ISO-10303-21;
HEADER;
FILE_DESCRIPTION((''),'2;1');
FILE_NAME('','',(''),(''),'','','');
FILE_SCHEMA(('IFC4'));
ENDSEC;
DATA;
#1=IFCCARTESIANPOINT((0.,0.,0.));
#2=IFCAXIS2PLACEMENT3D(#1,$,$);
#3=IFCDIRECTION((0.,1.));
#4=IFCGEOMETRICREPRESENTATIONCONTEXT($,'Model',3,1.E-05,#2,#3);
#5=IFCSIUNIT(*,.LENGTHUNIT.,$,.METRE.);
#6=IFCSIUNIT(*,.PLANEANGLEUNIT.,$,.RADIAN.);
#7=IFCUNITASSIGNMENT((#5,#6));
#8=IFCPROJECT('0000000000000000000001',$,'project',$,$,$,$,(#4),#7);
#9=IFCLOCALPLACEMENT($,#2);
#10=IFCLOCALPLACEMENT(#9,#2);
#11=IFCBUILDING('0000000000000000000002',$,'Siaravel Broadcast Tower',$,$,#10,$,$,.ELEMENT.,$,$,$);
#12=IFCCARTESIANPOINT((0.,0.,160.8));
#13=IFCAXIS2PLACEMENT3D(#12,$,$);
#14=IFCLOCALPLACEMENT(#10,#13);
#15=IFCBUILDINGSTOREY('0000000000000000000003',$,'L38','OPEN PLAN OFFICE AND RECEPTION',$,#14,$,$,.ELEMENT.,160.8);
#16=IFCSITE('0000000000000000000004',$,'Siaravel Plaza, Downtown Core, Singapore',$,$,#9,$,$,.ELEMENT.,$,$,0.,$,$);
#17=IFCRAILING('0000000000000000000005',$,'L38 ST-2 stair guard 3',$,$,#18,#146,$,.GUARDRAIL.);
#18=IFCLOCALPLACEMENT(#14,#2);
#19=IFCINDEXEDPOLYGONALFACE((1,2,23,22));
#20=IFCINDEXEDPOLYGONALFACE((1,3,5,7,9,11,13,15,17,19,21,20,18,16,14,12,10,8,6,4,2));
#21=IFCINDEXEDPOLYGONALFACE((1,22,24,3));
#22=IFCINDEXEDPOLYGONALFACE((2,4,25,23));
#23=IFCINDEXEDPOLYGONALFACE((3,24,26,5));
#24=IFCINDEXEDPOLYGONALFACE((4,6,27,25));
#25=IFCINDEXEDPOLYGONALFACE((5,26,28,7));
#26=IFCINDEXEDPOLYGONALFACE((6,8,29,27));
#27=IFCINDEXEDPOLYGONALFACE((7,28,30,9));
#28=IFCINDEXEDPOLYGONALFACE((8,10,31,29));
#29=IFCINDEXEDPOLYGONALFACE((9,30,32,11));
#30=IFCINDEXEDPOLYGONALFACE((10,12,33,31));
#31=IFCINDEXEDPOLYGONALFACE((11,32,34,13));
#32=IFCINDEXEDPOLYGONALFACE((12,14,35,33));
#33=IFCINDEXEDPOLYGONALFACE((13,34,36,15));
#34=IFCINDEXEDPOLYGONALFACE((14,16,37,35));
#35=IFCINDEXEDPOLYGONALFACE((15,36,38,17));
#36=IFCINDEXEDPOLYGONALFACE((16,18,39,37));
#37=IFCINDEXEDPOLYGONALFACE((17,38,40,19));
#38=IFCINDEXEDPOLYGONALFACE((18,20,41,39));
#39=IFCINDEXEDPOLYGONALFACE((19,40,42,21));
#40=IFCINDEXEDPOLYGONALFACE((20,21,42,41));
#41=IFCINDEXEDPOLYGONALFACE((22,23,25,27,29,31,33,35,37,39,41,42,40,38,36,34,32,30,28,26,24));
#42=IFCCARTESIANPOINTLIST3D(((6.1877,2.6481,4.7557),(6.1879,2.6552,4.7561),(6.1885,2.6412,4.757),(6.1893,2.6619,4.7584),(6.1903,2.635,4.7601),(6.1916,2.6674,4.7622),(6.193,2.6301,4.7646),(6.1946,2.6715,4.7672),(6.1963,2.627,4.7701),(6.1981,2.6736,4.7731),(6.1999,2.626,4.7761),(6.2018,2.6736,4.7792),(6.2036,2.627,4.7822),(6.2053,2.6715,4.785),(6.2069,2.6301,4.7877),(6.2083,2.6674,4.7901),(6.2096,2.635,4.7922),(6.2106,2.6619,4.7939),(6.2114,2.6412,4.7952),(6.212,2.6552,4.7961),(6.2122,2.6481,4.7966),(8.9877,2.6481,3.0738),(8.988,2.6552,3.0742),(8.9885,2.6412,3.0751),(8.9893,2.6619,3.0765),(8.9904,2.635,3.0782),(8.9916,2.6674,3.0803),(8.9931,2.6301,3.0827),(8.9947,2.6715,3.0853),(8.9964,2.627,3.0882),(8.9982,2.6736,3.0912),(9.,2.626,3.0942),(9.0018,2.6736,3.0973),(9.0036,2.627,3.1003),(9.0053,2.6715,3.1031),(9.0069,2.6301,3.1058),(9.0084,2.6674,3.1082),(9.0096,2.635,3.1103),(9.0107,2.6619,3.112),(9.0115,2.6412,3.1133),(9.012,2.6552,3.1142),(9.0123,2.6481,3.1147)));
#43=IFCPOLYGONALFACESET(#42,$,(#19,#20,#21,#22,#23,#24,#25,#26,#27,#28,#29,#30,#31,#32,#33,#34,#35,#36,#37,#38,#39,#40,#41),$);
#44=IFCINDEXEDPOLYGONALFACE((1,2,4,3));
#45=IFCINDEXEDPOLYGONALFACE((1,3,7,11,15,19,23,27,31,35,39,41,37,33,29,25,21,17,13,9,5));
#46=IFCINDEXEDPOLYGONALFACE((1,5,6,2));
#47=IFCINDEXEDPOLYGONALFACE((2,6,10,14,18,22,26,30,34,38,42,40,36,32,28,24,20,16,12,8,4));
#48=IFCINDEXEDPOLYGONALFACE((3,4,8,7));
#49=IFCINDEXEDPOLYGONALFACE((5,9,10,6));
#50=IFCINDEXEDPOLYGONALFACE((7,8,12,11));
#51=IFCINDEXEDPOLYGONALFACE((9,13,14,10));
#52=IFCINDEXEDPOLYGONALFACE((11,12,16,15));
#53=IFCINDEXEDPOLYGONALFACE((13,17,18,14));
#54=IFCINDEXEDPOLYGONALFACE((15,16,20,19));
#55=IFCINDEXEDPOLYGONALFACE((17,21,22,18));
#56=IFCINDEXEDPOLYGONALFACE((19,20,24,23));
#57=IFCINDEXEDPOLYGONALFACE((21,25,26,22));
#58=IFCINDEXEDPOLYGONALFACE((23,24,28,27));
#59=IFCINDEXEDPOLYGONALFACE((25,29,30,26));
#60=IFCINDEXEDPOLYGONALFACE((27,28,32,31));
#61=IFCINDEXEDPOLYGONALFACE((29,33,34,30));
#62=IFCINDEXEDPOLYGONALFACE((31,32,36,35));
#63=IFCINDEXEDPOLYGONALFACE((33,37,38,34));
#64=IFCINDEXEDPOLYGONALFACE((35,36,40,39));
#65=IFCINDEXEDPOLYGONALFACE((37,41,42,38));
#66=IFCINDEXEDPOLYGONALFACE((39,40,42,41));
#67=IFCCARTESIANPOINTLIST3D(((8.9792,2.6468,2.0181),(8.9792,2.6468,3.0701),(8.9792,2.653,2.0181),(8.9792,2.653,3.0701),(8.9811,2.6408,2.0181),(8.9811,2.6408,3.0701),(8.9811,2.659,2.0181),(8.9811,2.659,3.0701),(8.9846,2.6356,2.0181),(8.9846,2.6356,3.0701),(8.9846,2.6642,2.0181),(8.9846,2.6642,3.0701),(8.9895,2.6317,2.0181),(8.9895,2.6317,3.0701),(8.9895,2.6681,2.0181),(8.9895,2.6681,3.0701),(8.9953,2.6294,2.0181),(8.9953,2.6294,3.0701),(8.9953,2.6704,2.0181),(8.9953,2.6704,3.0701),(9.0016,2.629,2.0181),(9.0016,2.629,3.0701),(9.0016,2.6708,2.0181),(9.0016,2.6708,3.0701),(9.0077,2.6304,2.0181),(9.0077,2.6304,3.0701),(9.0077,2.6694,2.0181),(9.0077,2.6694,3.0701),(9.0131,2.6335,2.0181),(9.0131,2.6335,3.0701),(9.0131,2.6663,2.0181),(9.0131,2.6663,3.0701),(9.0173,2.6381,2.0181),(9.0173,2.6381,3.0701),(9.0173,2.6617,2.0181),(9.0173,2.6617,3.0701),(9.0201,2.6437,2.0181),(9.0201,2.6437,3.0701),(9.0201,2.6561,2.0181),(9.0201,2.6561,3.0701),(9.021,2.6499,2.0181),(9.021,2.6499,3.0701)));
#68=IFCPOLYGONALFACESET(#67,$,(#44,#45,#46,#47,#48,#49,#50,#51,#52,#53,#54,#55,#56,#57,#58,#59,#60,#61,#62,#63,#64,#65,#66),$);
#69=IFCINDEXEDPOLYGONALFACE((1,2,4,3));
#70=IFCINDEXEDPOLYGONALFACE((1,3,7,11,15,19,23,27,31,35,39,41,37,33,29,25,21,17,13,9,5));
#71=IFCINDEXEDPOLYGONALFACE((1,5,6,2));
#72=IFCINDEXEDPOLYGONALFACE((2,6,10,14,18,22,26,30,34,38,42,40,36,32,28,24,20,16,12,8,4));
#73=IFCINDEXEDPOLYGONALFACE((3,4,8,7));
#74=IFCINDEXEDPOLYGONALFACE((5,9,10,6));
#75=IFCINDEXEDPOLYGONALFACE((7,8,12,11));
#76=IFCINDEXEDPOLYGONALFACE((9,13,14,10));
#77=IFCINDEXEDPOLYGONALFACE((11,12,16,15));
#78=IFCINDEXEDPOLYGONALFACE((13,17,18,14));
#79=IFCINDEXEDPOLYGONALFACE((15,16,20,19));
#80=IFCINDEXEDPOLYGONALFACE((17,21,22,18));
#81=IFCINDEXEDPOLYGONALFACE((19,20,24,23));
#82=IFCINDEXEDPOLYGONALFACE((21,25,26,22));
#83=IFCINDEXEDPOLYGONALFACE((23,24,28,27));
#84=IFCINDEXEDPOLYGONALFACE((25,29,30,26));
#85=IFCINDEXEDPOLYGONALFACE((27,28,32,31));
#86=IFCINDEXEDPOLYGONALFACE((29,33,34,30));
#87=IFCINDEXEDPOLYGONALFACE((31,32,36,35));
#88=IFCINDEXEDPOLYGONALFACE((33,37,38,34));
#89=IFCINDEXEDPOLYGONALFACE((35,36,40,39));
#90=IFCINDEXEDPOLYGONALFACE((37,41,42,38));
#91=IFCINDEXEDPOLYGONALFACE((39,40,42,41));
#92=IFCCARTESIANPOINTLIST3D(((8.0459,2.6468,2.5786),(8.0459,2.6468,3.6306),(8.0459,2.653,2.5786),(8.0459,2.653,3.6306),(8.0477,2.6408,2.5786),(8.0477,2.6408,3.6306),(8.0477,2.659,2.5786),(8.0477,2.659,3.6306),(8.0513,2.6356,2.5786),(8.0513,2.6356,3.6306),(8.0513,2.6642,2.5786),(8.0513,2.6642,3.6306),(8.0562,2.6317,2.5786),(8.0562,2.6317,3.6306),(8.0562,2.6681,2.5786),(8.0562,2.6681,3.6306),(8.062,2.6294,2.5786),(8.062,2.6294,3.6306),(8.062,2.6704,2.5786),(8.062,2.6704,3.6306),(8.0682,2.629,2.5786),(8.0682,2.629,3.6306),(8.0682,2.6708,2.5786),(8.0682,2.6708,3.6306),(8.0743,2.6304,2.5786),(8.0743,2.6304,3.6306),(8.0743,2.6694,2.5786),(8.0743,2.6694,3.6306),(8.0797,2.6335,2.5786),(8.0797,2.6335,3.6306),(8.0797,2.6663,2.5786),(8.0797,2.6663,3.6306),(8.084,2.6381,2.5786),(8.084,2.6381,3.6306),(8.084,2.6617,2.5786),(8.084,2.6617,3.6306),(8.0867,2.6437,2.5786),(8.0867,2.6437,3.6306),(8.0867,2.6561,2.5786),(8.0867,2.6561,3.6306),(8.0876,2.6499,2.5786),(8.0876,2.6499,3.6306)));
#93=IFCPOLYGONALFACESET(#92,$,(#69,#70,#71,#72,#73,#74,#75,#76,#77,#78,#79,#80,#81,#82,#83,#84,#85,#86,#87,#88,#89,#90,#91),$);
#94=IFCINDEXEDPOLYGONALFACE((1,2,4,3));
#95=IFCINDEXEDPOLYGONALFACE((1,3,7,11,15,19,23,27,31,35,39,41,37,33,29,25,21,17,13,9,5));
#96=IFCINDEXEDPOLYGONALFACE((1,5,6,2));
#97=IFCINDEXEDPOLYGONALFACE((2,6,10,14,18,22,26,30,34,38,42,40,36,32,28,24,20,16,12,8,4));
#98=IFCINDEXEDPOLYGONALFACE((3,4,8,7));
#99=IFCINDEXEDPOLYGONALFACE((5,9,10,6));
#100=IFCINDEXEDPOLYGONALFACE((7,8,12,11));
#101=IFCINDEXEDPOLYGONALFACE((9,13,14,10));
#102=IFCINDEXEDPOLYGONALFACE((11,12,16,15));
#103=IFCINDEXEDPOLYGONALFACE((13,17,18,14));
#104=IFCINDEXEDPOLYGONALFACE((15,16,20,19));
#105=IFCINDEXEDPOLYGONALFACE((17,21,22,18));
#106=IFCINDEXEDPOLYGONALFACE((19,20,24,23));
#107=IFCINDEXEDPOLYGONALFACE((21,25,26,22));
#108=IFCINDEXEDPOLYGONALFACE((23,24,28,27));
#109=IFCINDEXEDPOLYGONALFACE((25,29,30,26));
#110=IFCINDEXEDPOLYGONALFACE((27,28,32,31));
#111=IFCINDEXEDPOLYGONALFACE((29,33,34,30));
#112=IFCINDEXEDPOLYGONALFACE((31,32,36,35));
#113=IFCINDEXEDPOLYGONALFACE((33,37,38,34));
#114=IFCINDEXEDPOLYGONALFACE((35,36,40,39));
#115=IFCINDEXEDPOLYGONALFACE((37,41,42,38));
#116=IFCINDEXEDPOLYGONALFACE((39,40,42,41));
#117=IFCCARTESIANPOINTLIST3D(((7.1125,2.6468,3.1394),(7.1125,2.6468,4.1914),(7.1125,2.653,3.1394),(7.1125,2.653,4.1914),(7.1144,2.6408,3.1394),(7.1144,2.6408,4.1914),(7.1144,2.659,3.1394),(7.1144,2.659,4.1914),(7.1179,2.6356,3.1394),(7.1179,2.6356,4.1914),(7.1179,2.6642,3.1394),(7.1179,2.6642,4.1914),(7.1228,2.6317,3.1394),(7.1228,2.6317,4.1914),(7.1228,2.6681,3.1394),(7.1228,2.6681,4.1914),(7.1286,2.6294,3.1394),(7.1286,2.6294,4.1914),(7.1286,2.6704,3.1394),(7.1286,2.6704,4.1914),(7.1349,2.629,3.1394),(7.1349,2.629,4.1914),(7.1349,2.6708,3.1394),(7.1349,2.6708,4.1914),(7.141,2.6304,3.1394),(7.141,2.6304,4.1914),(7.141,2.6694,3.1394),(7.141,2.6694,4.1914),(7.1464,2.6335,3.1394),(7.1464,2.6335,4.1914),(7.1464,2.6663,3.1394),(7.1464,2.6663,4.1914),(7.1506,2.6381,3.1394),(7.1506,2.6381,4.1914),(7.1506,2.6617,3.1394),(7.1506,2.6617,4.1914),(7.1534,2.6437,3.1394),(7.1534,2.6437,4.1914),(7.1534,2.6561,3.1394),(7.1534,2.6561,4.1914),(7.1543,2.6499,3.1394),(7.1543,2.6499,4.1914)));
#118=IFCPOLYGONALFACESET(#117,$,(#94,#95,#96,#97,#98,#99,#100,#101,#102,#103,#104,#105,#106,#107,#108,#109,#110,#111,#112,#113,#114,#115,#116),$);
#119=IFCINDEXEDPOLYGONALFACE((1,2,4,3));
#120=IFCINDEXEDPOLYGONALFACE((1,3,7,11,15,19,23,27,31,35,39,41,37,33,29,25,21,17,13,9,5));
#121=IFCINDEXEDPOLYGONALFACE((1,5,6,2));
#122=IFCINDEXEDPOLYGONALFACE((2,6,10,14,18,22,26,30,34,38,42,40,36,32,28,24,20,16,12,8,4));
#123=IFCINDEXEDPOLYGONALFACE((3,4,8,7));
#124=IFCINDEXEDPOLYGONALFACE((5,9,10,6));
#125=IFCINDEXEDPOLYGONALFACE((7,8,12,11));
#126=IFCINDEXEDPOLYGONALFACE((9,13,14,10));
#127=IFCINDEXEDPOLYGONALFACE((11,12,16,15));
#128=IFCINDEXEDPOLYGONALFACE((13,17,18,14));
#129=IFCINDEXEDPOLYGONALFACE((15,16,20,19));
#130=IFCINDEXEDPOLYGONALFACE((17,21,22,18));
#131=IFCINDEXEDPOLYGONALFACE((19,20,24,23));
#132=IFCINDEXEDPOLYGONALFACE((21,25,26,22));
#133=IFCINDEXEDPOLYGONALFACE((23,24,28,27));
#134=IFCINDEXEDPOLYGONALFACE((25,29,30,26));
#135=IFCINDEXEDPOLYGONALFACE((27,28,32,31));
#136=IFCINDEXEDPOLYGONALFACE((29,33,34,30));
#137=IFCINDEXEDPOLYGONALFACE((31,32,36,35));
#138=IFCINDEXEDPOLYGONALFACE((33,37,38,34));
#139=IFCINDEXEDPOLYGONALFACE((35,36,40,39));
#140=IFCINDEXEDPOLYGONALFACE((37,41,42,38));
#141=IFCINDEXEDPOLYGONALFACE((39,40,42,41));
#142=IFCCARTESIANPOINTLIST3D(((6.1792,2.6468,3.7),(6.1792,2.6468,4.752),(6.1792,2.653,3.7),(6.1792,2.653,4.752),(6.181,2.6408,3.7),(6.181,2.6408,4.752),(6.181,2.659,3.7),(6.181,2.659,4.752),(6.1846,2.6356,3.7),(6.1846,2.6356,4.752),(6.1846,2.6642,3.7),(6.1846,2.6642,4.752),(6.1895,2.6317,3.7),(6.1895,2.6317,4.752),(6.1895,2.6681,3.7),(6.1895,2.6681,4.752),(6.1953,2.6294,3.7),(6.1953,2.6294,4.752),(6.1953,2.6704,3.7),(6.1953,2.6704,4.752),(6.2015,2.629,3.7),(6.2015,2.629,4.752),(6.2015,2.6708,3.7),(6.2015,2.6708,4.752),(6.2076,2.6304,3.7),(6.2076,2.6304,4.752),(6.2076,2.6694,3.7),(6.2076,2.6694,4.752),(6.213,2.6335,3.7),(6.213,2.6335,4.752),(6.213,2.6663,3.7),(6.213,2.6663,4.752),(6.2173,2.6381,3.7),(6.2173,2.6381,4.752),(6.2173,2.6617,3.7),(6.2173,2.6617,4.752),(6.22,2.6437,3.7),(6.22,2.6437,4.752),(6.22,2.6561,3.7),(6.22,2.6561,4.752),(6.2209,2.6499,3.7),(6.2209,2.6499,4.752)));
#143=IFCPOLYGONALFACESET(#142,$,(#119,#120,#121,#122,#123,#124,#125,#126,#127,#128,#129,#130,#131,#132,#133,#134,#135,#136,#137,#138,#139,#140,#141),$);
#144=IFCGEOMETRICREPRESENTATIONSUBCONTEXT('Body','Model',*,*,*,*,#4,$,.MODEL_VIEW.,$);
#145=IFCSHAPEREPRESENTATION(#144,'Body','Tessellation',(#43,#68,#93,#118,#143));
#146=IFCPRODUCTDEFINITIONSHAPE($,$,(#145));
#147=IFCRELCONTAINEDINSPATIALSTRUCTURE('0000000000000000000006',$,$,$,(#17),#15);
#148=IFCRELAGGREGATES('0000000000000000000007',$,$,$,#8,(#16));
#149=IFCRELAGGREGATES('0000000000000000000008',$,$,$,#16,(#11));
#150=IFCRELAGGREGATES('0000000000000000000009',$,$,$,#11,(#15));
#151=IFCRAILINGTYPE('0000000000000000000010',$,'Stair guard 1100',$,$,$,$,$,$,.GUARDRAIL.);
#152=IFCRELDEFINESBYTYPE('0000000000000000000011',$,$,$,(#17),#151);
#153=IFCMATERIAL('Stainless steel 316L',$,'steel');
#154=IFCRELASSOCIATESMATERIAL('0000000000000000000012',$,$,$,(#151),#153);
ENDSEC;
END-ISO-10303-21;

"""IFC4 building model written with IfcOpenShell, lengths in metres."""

from ifc_helpers import new_model, si_unit, direction, frame, origin, origin_2d, place, context, subcontext, project, spatial, circle, extrude, material, type_object, element, save


model = new_model("IFC4")

# Units and contexts
model_context = context("Model", 3, precision=1e-05, world=origin(), true_north=direction((0.0, 1.0)))
body_context = subcontext(model_context, "Body", "Model", "MODEL_VIEW")
ifc_project = project(units=[si_unit("LENGTHUNIT", "METRE"), si_unit("PLANEANGLEUNIT", "RADIAN")], contexts=[model_context])

# Site, building, storey
site_placement = place(None, origin())
site = spatial("IfcSite", under=ifc_project, at=site_placement, Name="Siaravel Plaza, Downtown Core, Singapore", CompositionType="ELEMENT", RefElevation=0.0)
building_placement = place(site_placement, origin())
building = spatial("IfcBuilding", under=site, at=building_placement, Name="Siaravel Broadcast Tower", CompositionType="ELEMENT")
storey_placement = place(building_placement, frame((0.0, 0.0, 160.8)))
storey = spatial("IfcBuildingStorey", under=building, at=storey_placement, Name="L38", Description="OPEN PLAN OFFICE AND RECEPTION", CompositionType="ELEMENT", Elevation=160.8)

# Railing
ifc_material_1 = material(Name="Stainless steel 316L", Category="steel")
railing_type_1 = type_object("IfcRailingType", Name="Stair guard 1100", PredefinedType="GUARDRAIL", material=ifc_material_1)
railing_1_placement = place(storey_placement, frame((9.0, 2.6499, 2.0181)))
element("IfcRailing", 1, at=railing_1_placement, inside=storey, type_object=railing_type_1, Name="L38 ST-2 stair guard 3", PredefinedType="GUARDRAIL", context=body_context, shape_type="SweptSolid", body=[
    extrude(circle(Radius=0.0239, at=origin_2d()), frame((0.0, 0.0, 1.0762), z_axis=(-0.857242, 0.0, 0.514913), x_axis=(0.0, -1.0, 0.0)), (0.0, 0.0, 1.0), 3.2664),
    extrude(circle(Radius=0.021, at=origin_2d()), origin(), (0.0, 0.0, 1.0), 1.052),
    extrude(circle(Radius=0.021, at=origin_2d()), frame((-0.9333, 0.0, 0.5605)), (0.0, 0.0, 1.0), 1.052),
    extrude(circle(Radius=0.021, at=origin_2d()), frame((-1.8667, 0.0, 1.1213)), (0.0, 0.0, 1.0), 1.052),
    extrude(circle(Radius=0.021, at=origin_2d()), frame((-2.8, 0.0, 1.6819)), (0.0, 0.0, 1.0), 1.052),
])

save(model, "model.ifc")
